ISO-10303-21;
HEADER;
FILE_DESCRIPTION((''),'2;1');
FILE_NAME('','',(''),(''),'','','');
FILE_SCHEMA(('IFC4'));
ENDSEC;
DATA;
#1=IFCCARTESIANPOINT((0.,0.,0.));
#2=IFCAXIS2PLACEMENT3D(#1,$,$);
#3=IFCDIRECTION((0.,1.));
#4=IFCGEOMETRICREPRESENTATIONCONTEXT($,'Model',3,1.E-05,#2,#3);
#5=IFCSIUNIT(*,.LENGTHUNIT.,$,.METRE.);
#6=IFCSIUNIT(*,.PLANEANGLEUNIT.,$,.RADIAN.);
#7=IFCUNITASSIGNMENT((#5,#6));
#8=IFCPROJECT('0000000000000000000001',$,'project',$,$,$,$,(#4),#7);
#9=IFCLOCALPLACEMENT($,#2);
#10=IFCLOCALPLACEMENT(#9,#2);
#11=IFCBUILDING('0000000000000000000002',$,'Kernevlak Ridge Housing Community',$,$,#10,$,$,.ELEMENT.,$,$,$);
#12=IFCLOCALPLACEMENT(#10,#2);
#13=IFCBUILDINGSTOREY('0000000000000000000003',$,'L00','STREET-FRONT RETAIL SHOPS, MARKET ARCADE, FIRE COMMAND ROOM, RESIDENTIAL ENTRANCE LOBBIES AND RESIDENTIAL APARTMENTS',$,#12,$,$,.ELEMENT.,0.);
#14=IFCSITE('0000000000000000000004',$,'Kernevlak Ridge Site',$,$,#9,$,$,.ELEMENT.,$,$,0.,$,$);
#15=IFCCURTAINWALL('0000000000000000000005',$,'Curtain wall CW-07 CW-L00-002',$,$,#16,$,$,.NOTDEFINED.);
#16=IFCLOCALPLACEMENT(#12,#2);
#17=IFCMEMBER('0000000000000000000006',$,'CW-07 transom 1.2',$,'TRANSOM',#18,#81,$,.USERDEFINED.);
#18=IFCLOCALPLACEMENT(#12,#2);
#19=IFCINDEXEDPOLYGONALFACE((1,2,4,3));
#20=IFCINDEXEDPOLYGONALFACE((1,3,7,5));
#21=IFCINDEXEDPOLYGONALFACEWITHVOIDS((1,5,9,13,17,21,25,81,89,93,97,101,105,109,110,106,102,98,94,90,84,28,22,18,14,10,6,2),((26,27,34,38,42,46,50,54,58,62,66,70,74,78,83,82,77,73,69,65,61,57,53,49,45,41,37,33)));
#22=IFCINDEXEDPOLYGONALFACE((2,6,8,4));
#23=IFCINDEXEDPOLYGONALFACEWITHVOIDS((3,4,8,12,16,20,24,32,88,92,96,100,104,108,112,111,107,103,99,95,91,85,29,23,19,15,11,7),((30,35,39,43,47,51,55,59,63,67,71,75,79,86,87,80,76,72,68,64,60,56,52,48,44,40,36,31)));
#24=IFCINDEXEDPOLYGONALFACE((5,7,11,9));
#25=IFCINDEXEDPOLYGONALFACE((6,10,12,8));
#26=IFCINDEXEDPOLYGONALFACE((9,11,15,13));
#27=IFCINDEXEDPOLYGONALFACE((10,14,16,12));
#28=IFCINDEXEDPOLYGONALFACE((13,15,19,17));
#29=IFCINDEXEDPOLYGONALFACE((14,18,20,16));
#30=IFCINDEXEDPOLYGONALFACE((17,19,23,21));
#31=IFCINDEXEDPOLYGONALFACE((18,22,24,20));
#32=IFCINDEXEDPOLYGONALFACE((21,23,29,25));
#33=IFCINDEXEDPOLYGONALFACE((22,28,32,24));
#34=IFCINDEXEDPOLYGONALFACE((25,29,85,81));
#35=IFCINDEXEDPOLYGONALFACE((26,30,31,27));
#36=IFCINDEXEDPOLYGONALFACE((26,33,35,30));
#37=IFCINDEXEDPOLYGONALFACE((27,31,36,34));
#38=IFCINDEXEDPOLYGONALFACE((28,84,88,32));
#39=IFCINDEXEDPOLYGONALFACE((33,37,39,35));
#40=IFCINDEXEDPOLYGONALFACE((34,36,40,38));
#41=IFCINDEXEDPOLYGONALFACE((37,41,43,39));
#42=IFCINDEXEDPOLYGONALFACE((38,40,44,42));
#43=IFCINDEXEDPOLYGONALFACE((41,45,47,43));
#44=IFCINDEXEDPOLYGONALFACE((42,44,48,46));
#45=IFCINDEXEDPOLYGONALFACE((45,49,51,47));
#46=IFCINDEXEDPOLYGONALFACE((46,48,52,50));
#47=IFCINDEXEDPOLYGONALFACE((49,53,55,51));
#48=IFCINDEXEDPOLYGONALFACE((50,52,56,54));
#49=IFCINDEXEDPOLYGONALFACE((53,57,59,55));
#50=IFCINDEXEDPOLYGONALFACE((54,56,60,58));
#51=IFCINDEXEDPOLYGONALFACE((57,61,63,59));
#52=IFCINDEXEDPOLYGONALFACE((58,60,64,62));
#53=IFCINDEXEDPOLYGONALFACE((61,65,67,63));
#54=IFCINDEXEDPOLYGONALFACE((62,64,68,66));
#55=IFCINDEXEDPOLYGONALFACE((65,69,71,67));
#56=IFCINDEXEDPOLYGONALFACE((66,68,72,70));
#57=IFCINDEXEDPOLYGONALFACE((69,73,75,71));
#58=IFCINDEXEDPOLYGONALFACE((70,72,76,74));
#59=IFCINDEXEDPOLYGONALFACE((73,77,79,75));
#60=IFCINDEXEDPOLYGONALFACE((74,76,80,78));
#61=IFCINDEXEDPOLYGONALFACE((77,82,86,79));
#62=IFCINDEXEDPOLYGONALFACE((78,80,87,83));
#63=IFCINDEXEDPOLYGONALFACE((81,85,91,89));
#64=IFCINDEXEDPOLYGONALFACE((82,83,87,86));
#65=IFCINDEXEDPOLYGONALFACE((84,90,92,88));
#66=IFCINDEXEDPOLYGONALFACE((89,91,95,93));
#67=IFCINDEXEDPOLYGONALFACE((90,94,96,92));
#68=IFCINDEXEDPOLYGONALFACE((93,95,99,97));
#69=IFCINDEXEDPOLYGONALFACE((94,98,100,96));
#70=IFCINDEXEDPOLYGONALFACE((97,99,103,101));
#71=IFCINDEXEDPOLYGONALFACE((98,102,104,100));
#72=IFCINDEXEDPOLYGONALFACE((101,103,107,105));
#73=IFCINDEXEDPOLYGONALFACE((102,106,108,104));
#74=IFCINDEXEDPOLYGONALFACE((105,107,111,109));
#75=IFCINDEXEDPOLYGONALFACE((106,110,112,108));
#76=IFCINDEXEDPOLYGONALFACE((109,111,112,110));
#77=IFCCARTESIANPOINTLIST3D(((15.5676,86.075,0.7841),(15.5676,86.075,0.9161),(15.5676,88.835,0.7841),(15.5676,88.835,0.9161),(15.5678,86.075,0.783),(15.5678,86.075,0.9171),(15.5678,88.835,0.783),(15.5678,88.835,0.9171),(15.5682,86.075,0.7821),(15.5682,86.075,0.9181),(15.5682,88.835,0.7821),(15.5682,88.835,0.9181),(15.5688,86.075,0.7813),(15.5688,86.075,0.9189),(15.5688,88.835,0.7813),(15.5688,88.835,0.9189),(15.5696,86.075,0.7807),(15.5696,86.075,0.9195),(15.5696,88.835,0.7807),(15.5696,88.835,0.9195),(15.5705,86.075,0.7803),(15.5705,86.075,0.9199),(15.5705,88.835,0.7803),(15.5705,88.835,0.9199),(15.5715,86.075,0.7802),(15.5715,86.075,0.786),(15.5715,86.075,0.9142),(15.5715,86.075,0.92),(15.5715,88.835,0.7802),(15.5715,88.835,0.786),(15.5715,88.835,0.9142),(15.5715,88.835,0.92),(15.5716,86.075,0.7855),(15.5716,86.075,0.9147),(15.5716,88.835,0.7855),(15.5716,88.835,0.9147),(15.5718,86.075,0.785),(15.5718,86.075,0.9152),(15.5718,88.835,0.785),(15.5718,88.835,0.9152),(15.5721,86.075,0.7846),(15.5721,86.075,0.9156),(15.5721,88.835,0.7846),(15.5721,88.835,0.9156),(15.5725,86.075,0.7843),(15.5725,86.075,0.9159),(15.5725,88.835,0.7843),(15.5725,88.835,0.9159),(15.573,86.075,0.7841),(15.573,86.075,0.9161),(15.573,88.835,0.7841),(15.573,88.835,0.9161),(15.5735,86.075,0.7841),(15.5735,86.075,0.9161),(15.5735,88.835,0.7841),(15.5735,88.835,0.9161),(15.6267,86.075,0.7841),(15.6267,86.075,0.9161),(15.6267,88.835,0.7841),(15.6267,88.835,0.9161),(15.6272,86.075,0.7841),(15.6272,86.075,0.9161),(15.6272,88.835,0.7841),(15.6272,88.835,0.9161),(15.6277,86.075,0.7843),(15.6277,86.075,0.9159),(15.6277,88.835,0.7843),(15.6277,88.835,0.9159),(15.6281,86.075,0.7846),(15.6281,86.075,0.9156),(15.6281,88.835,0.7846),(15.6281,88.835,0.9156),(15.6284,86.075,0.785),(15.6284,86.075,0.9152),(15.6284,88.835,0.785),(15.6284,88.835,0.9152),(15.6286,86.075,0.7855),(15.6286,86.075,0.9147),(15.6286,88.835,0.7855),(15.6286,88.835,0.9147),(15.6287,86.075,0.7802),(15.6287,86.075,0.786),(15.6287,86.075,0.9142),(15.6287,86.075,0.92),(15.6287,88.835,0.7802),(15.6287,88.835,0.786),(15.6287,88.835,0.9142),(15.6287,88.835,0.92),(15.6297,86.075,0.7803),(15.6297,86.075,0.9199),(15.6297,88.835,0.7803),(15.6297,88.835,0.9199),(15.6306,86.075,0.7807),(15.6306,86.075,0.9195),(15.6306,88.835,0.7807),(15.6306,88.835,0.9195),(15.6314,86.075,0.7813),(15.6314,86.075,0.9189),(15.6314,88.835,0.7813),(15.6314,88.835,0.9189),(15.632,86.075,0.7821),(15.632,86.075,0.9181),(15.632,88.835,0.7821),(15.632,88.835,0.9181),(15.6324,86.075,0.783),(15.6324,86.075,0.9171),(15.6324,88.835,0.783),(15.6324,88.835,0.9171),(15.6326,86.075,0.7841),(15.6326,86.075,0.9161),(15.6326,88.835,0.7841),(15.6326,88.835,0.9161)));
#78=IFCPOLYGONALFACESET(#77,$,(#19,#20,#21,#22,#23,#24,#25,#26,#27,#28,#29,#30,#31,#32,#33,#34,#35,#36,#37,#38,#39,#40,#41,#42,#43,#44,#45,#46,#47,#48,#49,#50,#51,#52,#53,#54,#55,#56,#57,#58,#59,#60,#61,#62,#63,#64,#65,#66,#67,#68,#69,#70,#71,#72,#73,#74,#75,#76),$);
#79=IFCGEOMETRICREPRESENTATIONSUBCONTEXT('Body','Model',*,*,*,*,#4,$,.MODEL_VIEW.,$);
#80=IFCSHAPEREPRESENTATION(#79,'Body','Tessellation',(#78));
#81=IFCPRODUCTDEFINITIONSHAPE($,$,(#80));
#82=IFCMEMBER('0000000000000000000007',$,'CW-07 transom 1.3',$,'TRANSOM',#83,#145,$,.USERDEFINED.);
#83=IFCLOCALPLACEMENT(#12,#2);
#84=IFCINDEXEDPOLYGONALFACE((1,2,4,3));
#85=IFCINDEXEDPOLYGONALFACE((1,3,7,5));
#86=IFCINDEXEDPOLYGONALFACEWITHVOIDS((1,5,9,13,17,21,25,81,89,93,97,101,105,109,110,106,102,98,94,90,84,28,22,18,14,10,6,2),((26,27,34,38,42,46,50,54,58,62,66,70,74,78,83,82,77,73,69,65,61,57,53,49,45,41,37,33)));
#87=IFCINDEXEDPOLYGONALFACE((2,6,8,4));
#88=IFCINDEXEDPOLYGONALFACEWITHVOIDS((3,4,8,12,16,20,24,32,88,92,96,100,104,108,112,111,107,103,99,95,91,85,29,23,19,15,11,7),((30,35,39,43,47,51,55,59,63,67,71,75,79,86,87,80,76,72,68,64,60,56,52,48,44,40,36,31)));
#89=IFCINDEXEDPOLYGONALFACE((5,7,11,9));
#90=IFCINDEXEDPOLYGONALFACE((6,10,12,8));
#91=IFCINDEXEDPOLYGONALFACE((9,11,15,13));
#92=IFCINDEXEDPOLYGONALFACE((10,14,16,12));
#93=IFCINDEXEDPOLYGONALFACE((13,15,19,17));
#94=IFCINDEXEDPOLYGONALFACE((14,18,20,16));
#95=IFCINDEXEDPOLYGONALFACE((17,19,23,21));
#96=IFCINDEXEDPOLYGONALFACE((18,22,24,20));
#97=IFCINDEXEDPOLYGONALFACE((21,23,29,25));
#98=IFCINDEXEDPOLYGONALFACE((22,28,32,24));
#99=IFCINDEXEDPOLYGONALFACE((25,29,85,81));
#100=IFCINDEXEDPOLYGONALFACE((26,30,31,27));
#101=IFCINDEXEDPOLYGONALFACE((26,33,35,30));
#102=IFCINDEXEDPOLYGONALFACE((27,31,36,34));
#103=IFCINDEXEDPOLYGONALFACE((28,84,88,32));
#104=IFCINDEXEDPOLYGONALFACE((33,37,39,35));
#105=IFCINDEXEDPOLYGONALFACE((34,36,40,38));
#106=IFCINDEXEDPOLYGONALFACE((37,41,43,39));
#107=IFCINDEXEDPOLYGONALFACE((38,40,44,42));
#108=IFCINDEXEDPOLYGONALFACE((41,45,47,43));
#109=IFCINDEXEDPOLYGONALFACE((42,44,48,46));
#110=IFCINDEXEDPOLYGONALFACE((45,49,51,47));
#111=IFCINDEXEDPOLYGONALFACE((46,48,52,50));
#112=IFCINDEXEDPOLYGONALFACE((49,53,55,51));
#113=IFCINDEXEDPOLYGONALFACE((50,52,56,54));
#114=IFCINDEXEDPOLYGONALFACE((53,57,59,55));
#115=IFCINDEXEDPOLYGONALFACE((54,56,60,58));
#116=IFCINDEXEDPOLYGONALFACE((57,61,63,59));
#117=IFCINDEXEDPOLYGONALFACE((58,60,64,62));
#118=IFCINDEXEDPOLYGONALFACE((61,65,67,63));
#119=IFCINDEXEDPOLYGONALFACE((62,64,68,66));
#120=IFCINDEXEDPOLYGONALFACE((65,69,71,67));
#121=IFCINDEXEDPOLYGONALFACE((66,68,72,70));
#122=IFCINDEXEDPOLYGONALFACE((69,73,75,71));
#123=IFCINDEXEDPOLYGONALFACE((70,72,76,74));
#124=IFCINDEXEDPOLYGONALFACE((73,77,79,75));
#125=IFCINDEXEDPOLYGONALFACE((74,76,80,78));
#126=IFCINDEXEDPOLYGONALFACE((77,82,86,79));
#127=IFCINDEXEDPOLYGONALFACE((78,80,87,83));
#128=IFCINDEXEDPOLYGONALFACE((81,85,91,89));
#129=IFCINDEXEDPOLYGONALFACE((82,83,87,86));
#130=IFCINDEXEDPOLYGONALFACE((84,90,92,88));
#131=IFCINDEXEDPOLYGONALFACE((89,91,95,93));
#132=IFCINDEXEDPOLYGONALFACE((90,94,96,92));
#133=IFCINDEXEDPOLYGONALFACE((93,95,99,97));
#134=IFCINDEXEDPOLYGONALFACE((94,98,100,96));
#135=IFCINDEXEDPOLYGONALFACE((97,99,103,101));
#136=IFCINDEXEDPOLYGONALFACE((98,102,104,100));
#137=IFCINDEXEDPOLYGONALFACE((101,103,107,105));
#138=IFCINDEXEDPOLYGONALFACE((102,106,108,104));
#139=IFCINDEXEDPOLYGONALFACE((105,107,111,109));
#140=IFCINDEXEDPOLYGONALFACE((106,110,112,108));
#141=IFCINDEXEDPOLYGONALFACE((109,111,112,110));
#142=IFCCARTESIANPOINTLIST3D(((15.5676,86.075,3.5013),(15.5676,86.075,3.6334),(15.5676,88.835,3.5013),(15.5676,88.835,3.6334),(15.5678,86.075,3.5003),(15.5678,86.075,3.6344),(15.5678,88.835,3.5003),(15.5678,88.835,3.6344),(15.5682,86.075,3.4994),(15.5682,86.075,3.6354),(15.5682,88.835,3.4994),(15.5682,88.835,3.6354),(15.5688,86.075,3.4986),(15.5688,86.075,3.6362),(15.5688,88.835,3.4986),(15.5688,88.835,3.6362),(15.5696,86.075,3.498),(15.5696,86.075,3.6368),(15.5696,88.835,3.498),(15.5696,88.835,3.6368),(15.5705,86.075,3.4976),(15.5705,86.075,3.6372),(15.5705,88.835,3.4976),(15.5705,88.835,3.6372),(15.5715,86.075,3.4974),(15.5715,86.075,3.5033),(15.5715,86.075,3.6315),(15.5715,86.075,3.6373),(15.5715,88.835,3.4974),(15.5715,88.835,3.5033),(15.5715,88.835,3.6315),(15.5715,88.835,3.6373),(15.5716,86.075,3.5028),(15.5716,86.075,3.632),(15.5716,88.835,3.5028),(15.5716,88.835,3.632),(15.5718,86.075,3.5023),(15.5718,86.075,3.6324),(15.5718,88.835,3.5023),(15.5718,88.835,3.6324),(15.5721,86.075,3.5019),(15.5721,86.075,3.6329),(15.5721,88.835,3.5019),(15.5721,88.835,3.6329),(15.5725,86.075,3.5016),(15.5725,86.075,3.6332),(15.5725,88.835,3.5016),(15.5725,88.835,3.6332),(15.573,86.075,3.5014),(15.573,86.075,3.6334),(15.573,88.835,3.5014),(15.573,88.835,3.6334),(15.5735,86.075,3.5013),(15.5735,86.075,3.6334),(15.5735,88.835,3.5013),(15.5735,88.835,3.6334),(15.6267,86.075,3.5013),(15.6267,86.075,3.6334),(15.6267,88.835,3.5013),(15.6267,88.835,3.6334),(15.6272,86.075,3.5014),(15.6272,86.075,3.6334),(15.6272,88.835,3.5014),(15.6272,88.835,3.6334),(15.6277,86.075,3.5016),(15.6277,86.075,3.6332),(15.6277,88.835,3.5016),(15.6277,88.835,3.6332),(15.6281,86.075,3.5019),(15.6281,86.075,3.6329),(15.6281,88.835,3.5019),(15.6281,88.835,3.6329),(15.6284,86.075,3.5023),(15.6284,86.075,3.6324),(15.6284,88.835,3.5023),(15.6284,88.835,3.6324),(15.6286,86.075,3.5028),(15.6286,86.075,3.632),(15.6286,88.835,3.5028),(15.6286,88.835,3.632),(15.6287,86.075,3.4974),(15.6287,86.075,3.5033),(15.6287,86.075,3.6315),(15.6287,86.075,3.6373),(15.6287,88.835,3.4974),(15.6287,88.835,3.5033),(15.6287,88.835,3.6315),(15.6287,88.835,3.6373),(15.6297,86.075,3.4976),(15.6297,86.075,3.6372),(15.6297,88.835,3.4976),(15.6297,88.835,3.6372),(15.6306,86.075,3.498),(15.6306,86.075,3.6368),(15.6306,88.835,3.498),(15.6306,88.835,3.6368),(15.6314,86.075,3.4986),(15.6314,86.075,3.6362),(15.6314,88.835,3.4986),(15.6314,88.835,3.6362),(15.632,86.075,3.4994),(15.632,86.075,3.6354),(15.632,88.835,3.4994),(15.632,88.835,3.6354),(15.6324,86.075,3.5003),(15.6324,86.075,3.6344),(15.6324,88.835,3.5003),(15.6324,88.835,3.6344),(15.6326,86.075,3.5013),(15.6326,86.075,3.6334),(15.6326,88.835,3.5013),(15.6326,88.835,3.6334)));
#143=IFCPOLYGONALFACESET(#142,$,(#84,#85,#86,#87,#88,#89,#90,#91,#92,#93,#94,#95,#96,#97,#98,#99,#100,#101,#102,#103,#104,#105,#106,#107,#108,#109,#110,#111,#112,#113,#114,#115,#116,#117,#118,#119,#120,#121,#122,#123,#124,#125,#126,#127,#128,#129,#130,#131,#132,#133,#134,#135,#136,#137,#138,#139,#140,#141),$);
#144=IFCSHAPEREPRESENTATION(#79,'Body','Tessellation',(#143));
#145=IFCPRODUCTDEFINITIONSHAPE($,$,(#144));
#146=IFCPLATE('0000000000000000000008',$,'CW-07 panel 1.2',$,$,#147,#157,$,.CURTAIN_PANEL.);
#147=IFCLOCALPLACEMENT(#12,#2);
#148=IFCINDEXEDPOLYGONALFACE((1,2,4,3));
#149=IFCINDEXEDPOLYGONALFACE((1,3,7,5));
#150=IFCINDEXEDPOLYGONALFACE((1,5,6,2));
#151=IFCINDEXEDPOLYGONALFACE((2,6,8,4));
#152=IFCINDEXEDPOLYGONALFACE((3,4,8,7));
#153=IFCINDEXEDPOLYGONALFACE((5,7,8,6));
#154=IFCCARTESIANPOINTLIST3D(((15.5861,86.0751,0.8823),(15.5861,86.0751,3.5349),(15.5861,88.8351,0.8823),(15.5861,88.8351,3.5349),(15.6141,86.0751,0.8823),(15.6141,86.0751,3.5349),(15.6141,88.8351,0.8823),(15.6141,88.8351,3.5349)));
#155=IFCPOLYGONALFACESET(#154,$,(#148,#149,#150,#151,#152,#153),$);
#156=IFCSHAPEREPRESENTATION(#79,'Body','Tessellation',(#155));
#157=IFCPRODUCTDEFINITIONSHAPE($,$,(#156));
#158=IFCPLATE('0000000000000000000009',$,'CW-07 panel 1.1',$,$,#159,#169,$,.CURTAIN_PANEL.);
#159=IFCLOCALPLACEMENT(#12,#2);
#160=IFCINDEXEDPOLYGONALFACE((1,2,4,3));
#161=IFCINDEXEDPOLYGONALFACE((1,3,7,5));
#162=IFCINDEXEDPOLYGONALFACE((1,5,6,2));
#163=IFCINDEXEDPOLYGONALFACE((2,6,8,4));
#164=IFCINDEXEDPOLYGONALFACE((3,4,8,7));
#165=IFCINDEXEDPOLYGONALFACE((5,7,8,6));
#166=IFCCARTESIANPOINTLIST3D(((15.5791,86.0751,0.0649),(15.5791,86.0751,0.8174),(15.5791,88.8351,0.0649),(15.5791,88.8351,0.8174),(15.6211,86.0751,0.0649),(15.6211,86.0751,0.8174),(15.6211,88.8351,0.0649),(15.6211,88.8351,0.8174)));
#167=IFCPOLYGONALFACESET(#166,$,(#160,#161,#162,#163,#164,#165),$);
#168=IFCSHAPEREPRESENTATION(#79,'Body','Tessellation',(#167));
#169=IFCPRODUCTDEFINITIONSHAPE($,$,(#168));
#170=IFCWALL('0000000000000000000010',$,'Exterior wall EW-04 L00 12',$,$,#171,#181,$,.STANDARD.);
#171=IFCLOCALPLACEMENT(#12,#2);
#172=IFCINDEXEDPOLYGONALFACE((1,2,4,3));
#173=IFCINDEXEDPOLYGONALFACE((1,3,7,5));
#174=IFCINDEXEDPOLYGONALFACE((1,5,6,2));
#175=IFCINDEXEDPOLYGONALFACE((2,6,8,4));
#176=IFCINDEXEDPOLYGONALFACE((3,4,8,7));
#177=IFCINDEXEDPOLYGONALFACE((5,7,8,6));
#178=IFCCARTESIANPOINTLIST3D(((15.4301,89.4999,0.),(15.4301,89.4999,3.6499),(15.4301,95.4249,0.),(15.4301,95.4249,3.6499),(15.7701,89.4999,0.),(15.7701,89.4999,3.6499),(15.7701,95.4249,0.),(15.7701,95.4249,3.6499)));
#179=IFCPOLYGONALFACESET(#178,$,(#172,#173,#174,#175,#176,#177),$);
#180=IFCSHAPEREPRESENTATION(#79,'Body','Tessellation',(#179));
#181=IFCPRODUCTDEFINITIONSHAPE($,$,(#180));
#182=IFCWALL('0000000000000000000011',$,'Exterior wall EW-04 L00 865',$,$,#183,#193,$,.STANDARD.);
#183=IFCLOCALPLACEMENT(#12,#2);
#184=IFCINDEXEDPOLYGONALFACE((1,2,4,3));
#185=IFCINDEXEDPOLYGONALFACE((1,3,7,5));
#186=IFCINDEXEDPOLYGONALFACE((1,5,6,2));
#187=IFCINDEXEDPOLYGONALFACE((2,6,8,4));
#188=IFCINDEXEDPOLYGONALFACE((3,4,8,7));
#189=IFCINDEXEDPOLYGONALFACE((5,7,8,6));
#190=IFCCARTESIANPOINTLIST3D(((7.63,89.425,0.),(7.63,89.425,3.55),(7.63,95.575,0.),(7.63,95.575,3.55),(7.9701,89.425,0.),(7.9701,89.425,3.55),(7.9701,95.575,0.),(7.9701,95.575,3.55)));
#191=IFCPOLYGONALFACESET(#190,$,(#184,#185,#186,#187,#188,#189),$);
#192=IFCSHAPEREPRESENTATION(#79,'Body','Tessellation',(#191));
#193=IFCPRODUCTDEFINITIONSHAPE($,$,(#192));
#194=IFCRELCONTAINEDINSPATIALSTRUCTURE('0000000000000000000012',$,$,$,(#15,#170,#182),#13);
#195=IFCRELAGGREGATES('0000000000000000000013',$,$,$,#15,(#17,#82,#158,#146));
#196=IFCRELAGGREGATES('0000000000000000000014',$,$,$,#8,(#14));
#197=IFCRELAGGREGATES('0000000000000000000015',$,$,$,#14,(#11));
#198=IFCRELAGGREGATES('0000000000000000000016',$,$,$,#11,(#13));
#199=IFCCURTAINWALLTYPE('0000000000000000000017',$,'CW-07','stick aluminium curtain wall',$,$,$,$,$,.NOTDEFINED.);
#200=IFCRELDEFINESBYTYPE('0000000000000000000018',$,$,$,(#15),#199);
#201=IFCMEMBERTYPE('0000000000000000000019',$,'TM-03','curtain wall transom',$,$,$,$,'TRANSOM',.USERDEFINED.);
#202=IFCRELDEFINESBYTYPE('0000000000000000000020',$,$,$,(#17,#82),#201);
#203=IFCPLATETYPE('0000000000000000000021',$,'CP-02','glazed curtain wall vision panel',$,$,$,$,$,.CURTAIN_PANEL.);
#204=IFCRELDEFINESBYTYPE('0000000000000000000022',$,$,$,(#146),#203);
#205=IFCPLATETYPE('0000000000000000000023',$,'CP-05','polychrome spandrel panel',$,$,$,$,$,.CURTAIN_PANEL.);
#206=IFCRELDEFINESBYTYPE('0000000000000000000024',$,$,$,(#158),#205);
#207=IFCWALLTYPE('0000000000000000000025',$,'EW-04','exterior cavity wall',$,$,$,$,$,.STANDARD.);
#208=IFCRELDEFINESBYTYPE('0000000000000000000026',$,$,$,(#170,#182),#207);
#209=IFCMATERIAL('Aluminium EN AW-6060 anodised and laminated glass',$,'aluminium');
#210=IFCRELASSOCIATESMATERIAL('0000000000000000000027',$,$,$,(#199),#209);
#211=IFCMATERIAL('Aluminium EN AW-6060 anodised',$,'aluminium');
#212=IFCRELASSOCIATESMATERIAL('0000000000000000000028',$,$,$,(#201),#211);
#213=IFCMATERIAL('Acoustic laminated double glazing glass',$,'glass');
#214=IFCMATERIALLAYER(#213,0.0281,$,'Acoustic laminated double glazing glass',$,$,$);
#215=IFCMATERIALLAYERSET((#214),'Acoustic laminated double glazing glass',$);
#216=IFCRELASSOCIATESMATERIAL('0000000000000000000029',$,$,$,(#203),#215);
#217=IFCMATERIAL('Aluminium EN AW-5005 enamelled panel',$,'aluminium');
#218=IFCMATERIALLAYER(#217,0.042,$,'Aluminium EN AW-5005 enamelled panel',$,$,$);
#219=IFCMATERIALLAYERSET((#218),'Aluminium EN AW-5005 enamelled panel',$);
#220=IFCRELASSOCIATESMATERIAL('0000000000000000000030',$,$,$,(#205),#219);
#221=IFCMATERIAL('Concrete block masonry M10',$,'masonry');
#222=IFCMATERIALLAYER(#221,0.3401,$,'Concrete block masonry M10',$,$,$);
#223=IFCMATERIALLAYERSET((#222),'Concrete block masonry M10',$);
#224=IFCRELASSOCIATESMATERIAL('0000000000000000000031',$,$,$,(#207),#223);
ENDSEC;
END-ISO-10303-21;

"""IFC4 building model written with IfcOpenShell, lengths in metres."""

from ifc_helpers import new_model, si_unit, direction, frame, frame_2d, origin, origin_2d, place, context, subcontext, project, spatial, rectangle, hollow_rectangle, extrude, material, layer, layer_set, material_profile, profile_set, type_object, element, aggregate, save


model = new_model("IFC4")

# Units and contexts
model_context = context("Model", 3, precision=1e-05, world=origin(), true_north=direction((0.0, 1.0)))
body_context = subcontext(model_context, "Body", "Model", "MODEL_VIEW")
ifc_project = project(units=[si_unit("LENGTHUNIT", "METRE"), si_unit("PLANEANGLEUNIT", "RADIAN")], contexts=[model_context])

# Site, building, storey
site_placement = place(None, origin())
site = spatial("IfcSite", under=ifc_project, at=site_placement, Name="Kernevlak Ridge Site", CompositionType="ELEMENT", RefElevation=0.0)
building_placement = place(site_placement, origin())
building = spatial("IfcBuilding", under=site, at=building_placement, Name="Kernevlak Ridge Housing Community", CompositionType="ELEMENT")
storey_placement = place(building_placement, origin())
storey = spatial("IfcBuildingStorey", under=building, at=storey_placement, Name="L00", Description="STREET-FRONT RETAIL SHOPS, MARKET ARCADE, FIRE COMMAND ROOM, RESIDENTIAL ENTRANCE LOBBIES AND RESIDENTIAL APARTMENTS", CompositionType="ELEMENT", Elevation=0.0)

# Curtain wall
ifc_material_1 = material(Name="Aluminium EN AW-6060 anodised and laminated glass", Category="aluminium")
curtain_wall_type = type_object("IfcCurtainWallType", Name="CW-07", Description="stick aluminium curtain wall", PredefinedType="NOTDEFINED", material=ifc_material_1)
curtain_wall_placement = place(storey_placement, origin())
curtain_wall = element("IfcCurtainWall", 1, at=curtain_wall_placement, inside=storey, type_object=curtain_wall_type, Name="Curtain wall CW-07 CW-L00-002", PredefinedType="NOTDEFINED")
ifc_material_2 = material(Name="Aluminium EN AW-6060 anodised", Category="aluminium")

# Members
ifc_material_profile_1 = material_profile(ifc_material_2, hollow_rectangle(XDim=0.0649, YDim=0.1399, WallThickness=0.0039, InnerFilletRadius=0.002, OuterFilletRadius=0.0039, at=origin_2d()), Name="ALU 65x140x4")
ifc_profile_set_1 = profile_set([ifc_material_profile_1], Name="Aluminium EN AW-6060 anodised")
member_type_1 = type_object("IfcMemberType", Name="TM-03", Description="curtain wall transom", ElementType="TRANSOM", PredefinedType="USERDEFINED", material=ifc_profile_set_1)
member_1_placement = place(storey_placement, frame((15.6001, 86.075, 0.8501), z_axis=(0.0, 1.0, 0.0), x_axis=(-1.0, 0.0, 0.0)))
member_1 = element("IfcMember", 2, at=member_1_placement, type_object=member_type_1, Name="CW-07 transom 1.2", ObjectType="TRANSOM", PredefinedType="USERDEFINED", context=body_context, shape_type="SweptSolid", body=[
    extrude(hollow_rectangle(XDim=0.0649, YDim=0.1399, WallThickness=0.0039, InnerFilletRadius=0.002, OuterFilletRadius=0.0039, at=origin_2d()), origin(), (0.0, 0.0, 1.0), 2.76),
])
member_2_placement = place(storey_placement, frame((15.6001, 86.075, 3.5674), z_axis=(0.0, 1.0, 0.0), x_axis=(-1.0, 0.0, 0.0)))
member_2 = element("IfcMember", 3, at=member_2_placement, type_object=member_type_1, Name="CW-07 transom 1.3", ObjectType="TRANSOM", PredefinedType="USERDEFINED", context=body_context, shape_type="SweptSolid", body=[
    extrude(hollow_rectangle(XDim=0.0649, YDim=0.1399, WallThickness=0.0039, InnerFilletRadius=0.002, OuterFilletRadius=0.0039, at=origin_2d()), origin(), (0.0, 0.0, 1.0), 2.76),
])

# Plates
ifc_material_3 = material(Name="Acoustic laminated double glazing glass", Category="glass")
ifc_layer_1 = layer(ifc_material_3, 0.0281, Name="Acoustic laminated double glazing glass")
ifc_layer_set_1 = layer_set([ifc_layer_1], Name="Acoustic laminated double glazing glass")
plate_type_1 = type_object("IfcPlateType", Name="CP-02", Description="glazed curtain wall vision panel", PredefinedType="CURTAIN_PANEL", material=ifc_layer_set_1)
plate_1_placement = place(storey_placement, frame((15.6001, 87.4551, 0.8823), z_axis=(0.0, 0.0, 1.0), x_axis=(0.0, 1.0, 0.0)))
plate_1 = element("IfcPlate", 4, at=plate_1_placement, type_object=plate_type_1, Name="CW-07 panel 1.2", PredefinedType="CURTAIN_PANEL", context=body_context, shape_type="SweptSolid", body=[
    extrude(rectangle(XDim=2.76, YDim=0.0281, at=origin_2d()), origin(), (0.0, 0.0, 1.0), 2.6526),
])
ifc_material_4 = material(Name="Aluminium EN AW-5005 enamelled panel", Category="aluminium")
ifc_layer_2 = layer(ifc_material_4, 0.042, Name="Aluminium EN AW-5005 enamelled panel")
ifc_layer_set_2 = layer_set([ifc_layer_2], Name="Aluminium EN AW-5005 enamelled panel")
plate_type_2 = type_object("IfcPlateType", Name="CP-05", Description="polychrome spandrel panel", PredefinedType="CURTAIN_PANEL", material=ifc_layer_set_2)
plate_2_placement = place(storey_placement, frame((15.6001, 87.4551, 0.0649), z_axis=(0.0, 0.0, 1.0), x_axis=(0.0, 1.0, 0.0)))
plate_2 = element("IfcPlate", 5, at=plate_2_placement, type_object=plate_type_2, Name="CW-07 panel 1.1", PredefinedType="CURTAIN_PANEL", context=body_context, shape_type="SweptSolid", body=[
    extrude(rectangle(XDim=2.76, YDim=0.042, at=origin_2d()), origin(), (0.0, 0.0, 1.0), 0.7524),
])
aggregate(curtain_wall, [member_1, member_2, plate_2, plate_1])

# Walls
ifc_material_5 = material(Name="Concrete block masonry M10", Category="masonry")
ifc_layer_3 = layer(ifc_material_5, 0.3401, Name="Concrete block masonry M10")
ifc_layer_set_3 = layer_set([ifc_layer_3], Name="Concrete block masonry M10")
wall_type_1 = type_object("IfcWallType", Name="EW-04", Description="exterior cavity wall", PredefinedType="STANDARD", material=ifc_layer_set_3)
wall_1_placement = place(storey_placement, frame((15.6001, 89.5, 0.0), z_axis=(0.0, 0.0, 1.0), x_axis=(0.0, 1.0, 0.0)))
element("IfcWall", 6, at=wall_1_placement, inside=storey, type_object=wall_type_1, Name="Exterior wall EW-04 L00 12", PredefinedType="STANDARD", context=body_context, shape_type="SweptSolid", body=[
    extrude(rectangle(XDim=5.925, YDim=0.3401, at=frame_2d((2.9624, 0.0))), origin(), (0.0, 0.0, 1.0), 3.6499),
])
wall_2_placement = place(storey_placement, frame((7.8, 89.425, 0.0), z_axis=(0.0, 0.0, 1.0), x_axis=(0.0, 1.0, 0.0)))
element("IfcWall", 7, at=wall_2_placement, inside=storey, type_object=wall_type_1, Name="Exterior wall EW-04 L00 865", PredefinedType="STANDARD", context=body_context, shape_type="SweptSolid", body=[
    extrude(rectangle(XDim=6.1499, YDim=0.3401, at=frame_2d((3.075, 0.0))), origin(), (0.0, 0.0, 1.0), 3.55),
])

save(model, "model.ifc")
